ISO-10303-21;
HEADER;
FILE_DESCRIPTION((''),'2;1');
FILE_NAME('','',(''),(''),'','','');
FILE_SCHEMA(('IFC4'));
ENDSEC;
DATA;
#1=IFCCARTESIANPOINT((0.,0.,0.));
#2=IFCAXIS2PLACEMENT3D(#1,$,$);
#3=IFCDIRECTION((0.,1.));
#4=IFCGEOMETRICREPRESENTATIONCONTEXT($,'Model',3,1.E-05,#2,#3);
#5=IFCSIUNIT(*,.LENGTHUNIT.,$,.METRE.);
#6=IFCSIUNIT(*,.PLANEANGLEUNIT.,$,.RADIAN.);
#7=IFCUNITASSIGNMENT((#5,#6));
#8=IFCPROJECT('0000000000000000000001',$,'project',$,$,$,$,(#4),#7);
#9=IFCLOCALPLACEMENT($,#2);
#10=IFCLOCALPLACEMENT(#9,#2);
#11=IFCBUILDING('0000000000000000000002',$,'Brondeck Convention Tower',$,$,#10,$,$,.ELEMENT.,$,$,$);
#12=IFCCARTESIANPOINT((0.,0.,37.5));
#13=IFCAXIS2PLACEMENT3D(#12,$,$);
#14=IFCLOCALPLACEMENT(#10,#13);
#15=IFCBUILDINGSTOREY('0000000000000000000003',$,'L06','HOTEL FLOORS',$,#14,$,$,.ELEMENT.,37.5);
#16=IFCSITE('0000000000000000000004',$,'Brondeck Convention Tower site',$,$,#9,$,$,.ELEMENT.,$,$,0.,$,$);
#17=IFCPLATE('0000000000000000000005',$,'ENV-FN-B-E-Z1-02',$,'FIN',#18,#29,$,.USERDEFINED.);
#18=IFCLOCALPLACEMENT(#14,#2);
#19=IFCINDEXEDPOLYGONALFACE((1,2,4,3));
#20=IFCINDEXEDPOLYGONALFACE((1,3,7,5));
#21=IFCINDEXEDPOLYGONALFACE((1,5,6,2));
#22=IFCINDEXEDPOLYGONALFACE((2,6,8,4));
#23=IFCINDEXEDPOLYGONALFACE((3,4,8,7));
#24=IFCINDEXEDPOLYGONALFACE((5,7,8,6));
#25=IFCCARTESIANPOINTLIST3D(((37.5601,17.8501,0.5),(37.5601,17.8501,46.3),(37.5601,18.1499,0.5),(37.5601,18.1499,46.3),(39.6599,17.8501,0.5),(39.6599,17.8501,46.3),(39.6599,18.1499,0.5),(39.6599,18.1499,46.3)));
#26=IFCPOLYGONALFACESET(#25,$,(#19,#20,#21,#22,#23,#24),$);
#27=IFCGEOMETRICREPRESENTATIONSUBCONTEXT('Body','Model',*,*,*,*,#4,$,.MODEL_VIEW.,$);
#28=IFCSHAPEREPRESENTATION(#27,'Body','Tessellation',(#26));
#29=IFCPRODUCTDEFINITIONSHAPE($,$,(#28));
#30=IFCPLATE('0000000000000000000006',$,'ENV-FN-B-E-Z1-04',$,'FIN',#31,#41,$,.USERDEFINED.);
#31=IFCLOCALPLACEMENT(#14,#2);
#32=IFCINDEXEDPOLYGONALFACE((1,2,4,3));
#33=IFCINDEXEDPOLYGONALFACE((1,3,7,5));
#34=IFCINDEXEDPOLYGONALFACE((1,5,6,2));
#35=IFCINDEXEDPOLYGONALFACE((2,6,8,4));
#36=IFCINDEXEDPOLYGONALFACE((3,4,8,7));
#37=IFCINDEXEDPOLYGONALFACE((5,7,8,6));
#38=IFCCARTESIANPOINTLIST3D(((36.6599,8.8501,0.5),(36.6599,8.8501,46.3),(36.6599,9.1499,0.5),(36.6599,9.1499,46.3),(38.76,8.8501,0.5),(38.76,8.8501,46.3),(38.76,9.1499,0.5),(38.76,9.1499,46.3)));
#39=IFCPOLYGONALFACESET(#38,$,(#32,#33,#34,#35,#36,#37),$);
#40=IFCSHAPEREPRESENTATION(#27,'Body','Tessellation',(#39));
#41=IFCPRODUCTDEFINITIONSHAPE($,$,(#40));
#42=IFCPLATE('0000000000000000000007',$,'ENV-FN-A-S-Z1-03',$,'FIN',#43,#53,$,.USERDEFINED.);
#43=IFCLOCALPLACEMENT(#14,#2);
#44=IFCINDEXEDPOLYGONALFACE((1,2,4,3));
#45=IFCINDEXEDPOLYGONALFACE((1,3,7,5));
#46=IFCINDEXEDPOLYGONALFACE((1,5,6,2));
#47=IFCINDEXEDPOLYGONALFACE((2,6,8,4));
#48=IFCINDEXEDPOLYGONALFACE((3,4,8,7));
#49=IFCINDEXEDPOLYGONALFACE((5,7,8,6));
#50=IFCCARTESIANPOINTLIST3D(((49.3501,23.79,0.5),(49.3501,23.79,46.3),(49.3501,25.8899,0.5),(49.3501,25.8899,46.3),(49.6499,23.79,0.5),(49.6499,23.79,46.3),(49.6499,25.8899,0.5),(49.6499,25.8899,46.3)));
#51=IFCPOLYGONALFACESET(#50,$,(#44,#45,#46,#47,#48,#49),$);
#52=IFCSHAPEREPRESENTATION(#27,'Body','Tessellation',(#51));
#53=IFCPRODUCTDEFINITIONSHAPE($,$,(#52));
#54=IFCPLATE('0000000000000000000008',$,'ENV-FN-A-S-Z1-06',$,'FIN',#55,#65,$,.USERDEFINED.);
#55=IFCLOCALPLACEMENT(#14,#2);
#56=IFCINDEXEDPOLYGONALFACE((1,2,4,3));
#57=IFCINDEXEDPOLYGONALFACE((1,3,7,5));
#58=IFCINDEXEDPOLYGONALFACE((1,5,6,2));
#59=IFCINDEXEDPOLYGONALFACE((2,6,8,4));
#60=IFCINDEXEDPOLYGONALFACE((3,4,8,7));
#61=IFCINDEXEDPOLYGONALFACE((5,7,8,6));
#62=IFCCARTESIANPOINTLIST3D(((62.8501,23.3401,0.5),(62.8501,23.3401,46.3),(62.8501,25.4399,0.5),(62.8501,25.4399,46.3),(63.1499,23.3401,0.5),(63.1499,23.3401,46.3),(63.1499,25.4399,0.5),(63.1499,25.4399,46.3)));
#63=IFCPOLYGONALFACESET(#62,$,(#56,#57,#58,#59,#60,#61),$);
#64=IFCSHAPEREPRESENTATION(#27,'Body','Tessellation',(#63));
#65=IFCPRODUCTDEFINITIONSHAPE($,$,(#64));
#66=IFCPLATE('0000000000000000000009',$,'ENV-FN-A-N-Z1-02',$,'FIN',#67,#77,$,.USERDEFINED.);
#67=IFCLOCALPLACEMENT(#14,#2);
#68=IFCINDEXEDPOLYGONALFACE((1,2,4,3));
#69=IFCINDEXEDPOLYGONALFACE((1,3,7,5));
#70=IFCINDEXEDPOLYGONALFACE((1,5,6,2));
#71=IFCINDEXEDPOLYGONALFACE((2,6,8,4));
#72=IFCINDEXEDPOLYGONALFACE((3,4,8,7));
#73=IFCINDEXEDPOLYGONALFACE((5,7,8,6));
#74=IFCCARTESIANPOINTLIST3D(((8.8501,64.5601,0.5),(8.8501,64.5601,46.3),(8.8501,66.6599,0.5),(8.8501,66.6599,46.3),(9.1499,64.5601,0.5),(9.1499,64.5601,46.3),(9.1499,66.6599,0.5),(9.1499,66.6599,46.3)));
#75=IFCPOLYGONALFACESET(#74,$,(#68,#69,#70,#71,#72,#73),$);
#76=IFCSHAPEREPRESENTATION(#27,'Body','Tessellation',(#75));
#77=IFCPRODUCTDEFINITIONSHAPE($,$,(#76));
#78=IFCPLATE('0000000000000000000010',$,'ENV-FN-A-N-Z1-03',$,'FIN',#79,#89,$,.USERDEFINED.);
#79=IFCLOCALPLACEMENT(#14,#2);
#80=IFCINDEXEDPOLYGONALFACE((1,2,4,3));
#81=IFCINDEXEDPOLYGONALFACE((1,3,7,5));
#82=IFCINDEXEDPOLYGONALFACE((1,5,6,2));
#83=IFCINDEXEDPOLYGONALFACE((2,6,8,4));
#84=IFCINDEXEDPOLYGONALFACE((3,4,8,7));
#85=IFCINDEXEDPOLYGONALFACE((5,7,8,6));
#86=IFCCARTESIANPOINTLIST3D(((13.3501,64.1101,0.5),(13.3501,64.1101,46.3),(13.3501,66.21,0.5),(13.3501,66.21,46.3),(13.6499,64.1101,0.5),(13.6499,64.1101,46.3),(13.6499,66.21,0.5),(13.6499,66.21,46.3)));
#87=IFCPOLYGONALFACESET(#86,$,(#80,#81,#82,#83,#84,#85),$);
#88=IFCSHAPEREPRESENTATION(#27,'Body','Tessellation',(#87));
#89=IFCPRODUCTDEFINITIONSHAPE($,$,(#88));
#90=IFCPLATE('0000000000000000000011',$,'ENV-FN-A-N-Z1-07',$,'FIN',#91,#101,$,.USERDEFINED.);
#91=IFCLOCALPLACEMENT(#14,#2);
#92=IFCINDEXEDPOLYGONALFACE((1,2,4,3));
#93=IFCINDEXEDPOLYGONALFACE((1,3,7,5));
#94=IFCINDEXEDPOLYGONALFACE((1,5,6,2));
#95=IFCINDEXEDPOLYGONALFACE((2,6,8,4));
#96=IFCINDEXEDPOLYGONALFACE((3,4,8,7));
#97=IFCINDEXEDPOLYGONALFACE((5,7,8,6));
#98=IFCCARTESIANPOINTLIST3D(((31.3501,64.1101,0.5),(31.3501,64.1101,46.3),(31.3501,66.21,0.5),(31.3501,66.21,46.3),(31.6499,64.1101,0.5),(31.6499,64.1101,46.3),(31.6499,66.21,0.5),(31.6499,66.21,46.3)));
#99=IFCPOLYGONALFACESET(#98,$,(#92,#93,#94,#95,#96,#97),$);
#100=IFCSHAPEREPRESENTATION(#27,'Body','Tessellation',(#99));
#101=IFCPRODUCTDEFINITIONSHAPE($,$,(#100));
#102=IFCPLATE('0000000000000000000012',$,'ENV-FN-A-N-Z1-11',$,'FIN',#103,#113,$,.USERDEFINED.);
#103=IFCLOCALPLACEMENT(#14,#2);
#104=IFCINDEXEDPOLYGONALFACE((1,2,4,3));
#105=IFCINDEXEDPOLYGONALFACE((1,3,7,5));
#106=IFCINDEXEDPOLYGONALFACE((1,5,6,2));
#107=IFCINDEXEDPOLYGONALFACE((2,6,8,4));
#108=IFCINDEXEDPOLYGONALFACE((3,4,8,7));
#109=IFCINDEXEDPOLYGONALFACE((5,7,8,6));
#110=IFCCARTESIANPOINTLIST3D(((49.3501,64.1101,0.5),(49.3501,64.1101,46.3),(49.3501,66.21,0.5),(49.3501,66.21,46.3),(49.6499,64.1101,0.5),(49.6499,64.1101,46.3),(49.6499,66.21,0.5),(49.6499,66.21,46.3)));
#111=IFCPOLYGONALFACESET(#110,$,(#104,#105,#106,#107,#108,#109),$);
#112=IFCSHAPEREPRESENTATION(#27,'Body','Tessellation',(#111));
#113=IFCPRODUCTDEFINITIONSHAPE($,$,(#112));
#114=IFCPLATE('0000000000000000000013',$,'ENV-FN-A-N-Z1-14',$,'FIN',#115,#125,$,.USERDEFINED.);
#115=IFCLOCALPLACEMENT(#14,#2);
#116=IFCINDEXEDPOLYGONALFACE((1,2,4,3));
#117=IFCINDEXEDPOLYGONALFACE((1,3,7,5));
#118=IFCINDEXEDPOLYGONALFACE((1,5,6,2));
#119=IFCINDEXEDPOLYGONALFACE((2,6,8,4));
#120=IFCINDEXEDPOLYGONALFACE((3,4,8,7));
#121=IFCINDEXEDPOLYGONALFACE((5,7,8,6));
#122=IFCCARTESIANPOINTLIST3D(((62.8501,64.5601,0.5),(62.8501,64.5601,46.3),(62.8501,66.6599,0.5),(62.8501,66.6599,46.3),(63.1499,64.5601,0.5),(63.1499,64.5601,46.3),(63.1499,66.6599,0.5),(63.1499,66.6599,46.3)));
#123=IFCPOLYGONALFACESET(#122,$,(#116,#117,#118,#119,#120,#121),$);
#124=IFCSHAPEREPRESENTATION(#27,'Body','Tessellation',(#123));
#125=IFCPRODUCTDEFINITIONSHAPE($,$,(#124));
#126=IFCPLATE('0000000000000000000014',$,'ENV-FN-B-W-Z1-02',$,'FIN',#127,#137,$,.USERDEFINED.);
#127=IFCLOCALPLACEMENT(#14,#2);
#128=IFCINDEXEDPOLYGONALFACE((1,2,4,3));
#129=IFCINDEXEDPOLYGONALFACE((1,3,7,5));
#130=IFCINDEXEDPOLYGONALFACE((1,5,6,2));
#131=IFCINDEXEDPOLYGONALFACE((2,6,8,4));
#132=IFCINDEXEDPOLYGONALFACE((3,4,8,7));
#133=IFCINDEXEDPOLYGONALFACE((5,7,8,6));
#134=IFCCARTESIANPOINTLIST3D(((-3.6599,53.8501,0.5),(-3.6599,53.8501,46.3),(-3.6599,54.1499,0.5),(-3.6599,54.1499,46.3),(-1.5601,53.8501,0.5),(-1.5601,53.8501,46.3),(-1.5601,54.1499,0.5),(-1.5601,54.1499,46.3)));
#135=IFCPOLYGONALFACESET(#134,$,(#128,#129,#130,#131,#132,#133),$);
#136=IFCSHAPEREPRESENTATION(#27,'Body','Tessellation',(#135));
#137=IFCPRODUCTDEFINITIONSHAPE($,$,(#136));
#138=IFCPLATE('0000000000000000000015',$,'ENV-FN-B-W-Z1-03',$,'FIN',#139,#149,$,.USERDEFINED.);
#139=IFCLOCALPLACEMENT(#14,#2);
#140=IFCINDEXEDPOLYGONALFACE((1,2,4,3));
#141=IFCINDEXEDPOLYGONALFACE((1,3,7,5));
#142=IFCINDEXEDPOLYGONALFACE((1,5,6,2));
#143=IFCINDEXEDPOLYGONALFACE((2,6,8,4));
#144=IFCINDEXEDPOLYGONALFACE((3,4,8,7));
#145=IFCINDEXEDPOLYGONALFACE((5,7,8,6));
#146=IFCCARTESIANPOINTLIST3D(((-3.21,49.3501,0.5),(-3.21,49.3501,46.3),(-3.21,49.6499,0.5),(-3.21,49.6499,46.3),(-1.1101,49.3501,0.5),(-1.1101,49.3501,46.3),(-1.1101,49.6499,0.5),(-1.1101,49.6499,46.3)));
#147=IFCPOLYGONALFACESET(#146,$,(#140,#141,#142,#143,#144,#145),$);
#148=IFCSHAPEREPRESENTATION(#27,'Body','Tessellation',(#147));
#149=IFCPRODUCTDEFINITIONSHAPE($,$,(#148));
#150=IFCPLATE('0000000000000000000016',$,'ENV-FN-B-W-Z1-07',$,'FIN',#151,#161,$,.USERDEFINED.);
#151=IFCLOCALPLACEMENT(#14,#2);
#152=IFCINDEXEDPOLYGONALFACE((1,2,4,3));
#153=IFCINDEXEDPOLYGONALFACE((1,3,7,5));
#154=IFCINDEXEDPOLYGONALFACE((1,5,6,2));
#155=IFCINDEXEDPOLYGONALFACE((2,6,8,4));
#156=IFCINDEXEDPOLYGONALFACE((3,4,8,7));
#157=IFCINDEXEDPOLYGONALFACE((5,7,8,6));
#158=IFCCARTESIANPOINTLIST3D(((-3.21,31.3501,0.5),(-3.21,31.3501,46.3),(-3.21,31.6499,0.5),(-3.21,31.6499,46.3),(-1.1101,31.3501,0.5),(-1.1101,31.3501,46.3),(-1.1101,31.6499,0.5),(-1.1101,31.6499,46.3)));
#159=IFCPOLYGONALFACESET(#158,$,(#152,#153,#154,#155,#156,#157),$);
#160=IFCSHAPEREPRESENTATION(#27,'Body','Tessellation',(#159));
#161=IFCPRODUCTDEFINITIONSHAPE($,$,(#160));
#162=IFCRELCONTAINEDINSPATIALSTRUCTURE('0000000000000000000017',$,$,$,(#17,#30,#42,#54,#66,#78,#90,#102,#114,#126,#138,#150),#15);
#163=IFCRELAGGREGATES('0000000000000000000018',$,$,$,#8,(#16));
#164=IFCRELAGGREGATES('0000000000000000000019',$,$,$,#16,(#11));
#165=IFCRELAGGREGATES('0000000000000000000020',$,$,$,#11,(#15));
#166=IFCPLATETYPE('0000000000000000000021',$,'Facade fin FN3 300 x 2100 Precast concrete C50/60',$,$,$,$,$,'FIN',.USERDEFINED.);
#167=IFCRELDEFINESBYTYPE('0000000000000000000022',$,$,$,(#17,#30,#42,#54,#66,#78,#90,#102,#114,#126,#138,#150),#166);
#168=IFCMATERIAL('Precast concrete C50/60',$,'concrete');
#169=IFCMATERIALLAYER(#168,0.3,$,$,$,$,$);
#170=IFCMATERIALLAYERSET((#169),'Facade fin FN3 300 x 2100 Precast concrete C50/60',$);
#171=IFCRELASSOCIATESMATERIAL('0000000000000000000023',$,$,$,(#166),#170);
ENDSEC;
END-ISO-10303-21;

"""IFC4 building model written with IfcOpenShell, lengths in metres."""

from ifc_helpers import new_model, si_unit, direction, frame, origin, place, context, subcontext, project, spatial, polyline, outline, extrude, material, layer, layer_set, type_object, element, save


model = new_model("IFC4")

# Units and contexts
model_context = context("Model", 3, precision=1e-05, world=origin(), true_north=direction((0.0, 1.0)))
body_context = subcontext(model_context, "Body", "Model", "MODEL_VIEW")
ifc_project = project(units=[si_unit("LENGTHUNIT", "METRE"), si_unit("PLANEANGLEUNIT", "RADIAN")], contexts=[model_context])

# Site, building, storey
site_placement = place(None, origin())
site = spatial("IfcSite", under=ifc_project, at=site_placement, Name="Brondeck Convention Tower site", CompositionType="ELEMENT", RefElevation=0.0)
building_placement = place(site_placement, origin())
building = spatial("IfcBuilding", under=site, at=building_placement, Name="Brondeck Convention Tower", CompositionType="ELEMENT")
storey_placement = place(building_placement, frame((0.0, 0.0, 37.5)))
storey = spatial("IfcBuildingStorey", under=building, at=storey_placement, Name="L06", Description="HOTEL FLOORS", CompositionType="ELEMENT", Elevation=37.5)

# Plates
ifc_material_1 = material(Name="Precast concrete C50/60", Category="concrete")
ifc_layer_1 = layer(ifc_material_1, 0.3)
ifc_layer_set_1 = layer_set([ifc_layer_1], Name="Facade fin FN3 300 x 2100 Precast concrete C50/60")
plate_type_1 = type_object("IfcPlateType", Name="Facade fin FN3 300 x 2100 Precast concrete C50/60", ElementType="FIN", PredefinedType="USERDEFINED", material=ifc_layer_set_1)
plate_1_placement = place(storey_placement, frame((0.0, 0.0, 0.5)))
element("IfcPlate", 1, at=plate_1_placement, inside=storey, type_object=plate_type_1, Name="ENV-FN-B-E-Z1-02", ObjectType="FIN", PredefinedType="USERDEFINED", context=body_context, shape_type="SweptSolid", body=[
    extrude(outline(polyline([(39.6599, 18.1499), (37.5601, 18.1499), (37.5601, 17.8501), (39.6599, 17.8501), (39.6599, 18.1499)])), origin(), (0.0, 0.0, 1.0), 45.8),
])
plate_2_placement = place(storey_placement, frame((0.0, 0.0, 0.5)))
element("IfcPlate", 2, at=plate_2_placement, inside=storey, type_object=plate_type_1, Name="ENV-FN-B-E-Z1-04", ObjectType="FIN", PredefinedType="USERDEFINED", context=body_context, shape_type="SweptSolid", body=[
    extrude(outline(polyline([(38.76, 9.1499), (36.6599, 9.1499), (36.6599, 8.8501), (38.76, 8.8501), (38.76, 9.1499)])), origin(), (0.0, 0.0, 1.0), 45.8),
])
plate_3_placement = place(storey_placement, frame((0.0, 0.0, 0.5)))
element("IfcPlate", 3, at=plate_3_placement, inside=storey, type_object=plate_type_1, Name="ENV-FN-A-S-Z1-03", ObjectType="FIN", PredefinedType="USERDEFINED", context=body_context, shape_type="SweptSolid", body=[
    extrude(outline(polyline([(49.6499, 23.79), (49.6499, 25.8899), (49.3501, 25.8899), (49.3501, 23.79), (49.6499, 23.79)])), origin(), (0.0, 0.0, 1.0), 45.8),
])
plate_4_placement = place(storey_placement, frame((0.0, 0.0, 0.5)))
element("IfcPlate", 4, at=plate_4_placement, inside=storey, type_object=plate_type_1, Name="ENV-FN-A-S-Z1-06", ObjectType="FIN", PredefinedType="USERDEFINED", context=body_context, shape_type="SweptSolid", body=[
    extrude(outline(polyline([(63.1499, 23.3401), (63.1499, 25.4399), (62.8501, 25.4399), (62.8501, 23.3401), (63.1499, 23.3401)])), origin(), (0.0, 0.0, 1.0), 45.8),
])
plate_5_placement = place(storey_placement, frame((0.0, 0.0, 0.5)))
element("IfcPlate", 5, at=plate_5_placement, inside=storey, type_object=plate_type_1, Name="ENV-FN-A-N-Z1-02", ObjectType="FIN", PredefinedType="USERDEFINED", context=body_context, shape_type="SweptSolid", body=[
    extrude(outline(polyline([(8.8501, 66.6599), (8.8501, 64.5601), (9.1499, 64.5601), (9.1499, 66.6599), (8.8501, 66.6599)])), origin(), (0.0, 0.0, 1.0), 45.8),
])
plate_6_placement = place(storey_placement, frame((0.0, 0.0, 0.5)))
element("IfcPlate", 6, at=plate_6_placement, inside=storey, type_object=plate_type_1, Name="ENV-FN-A-N-Z1-03", ObjectType="FIN", PredefinedType="USERDEFINED", context=body_context, shape_type="SweptSolid", body=[
    extrude(outline(polyline([(13.3501, 66.21), (13.3501, 64.1101), (13.6499, 64.1101), (13.6499, 66.21), (13.3501, 66.21)])), origin(), (0.0, 0.0, 1.0), 45.8),
])
plate_7_placement = place(storey_placement, frame((0.0, 0.0, 0.5)))
element("IfcPlate", 7, at=plate_7_placement, inside=storey, type_object=plate_type_1, Name="ENV-FN-A-N-Z1-07", ObjectType="FIN", PredefinedType="USERDEFINED", context=body_context, shape_type="SweptSolid", body=[
    extrude(outline(polyline([(31.3501, 66.21), (31.3501, 64.1101), (31.6499, 64.1101), (31.6499, 66.21), (31.3501, 66.21)])), origin(), (0.0, 0.0, 1.0), 45.8),
])
plate_8_placement = place(storey_placement, frame((0.0, 0.0, 0.5)))
element("IfcPlate", 8, at=plate_8_placement, inside=storey, type_object=plate_type_1, Name="ENV-FN-A-N-Z1-11", ObjectType="FIN", PredefinedType="USERDEFINED", context=body_context, shape_type="SweptSolid", body=[
    extrude(outline(polyline([(49.3501, 66.21), (49.3501, 64.1101), (49.6499, 64.1101), (49.6499, 66.21), (49.3501, 66.21)])), origin(), (0.0, 0.0, 1.0), 45.8),
])
plate_9_placement = place(storey_placement, frame((0.0, 0.0, 0.5)))
element("IfcPlate", 9, at=plate_9_placement, inside=storey, type_object=plate_type_1, Name="ENV-FN-A-N-Z1-14", ObjectType="FIN", PredefinedType="USERDEFINED", context=body_context, shape_type="SweptSolid", body=[
    extrude(outline(polyline([(62.8501, 66.6599), (62.8501, 64.5601), (63.1499, 64.5601), (63.1499, 66.6599), (62.8501, 66.6599)])), origin(), (0.0, 0.0, 1.0), 45.8),
])
plate_10_placement = place(storey_placement, frame((0.0, 0.0, 0.5)))
element("IfcPlate", 10, at=plate_10_placement, inside=storey, type_object=plate_type_1, Name="ENV-FN-B-W-Z1-02", ObjectType="FIN", PredefinedType="USERDEFINED", context=body_context, shape_type="SweptSolid", body=[
    extrude(outline(polyline([(-3.6599, 53.8501), (-1.5601, 53.8501), (-1.5601, 54.1499), (-3.6599, 54.1499), (-3.6599, 53.8501)])), origin(), (0.0, 0.0, 1.0), 45.8),
])
plate_11_placement = place(storey_placement, frame((0.0, 0.0, 0.5)))
element("IfcPlate", 11, at=plate_11_placement, inside=storey, type_object=plate_type_1, Name="ENV-FN-B-W-Z1-03", ObjectType="FIN", PredefinedType="USERDEFINED", context=body_context, shape_type="SweptSolid", body=[
    extrude(outline(polyline([(-3.21, 49.3501), (-1.1101, 49.3501), (-1.1101, 49.6499), (-3.21, 49.6499), (-3.21, 49.3501)])), origin(), (0.0, 0.0, 1.0), 45.8),
])
plate_12_placement = place(storey_placement, frame((0.0, 0.0, 0.5)))
element("IfcPlate", 12, at=plate_12_placement, inside=storey, type_object=plate_type_1, Name="ENV-FN-B-W-Z1-07", ObjectType="FIN", PredefinedType="USERDEFINED", context=body_context, shape_type="SweptSolid", body=[
    extrude(outline(polyline([(-3.21, 31.3501), (-1.1101, 31.3501), (-1.1101, 31.6499), (-3.21, 31.6499), (-3.21, 31.3501)])), origin(), (0.0, 0.0, 1.0), 45.8),
])

save(model, "model.ifc")
